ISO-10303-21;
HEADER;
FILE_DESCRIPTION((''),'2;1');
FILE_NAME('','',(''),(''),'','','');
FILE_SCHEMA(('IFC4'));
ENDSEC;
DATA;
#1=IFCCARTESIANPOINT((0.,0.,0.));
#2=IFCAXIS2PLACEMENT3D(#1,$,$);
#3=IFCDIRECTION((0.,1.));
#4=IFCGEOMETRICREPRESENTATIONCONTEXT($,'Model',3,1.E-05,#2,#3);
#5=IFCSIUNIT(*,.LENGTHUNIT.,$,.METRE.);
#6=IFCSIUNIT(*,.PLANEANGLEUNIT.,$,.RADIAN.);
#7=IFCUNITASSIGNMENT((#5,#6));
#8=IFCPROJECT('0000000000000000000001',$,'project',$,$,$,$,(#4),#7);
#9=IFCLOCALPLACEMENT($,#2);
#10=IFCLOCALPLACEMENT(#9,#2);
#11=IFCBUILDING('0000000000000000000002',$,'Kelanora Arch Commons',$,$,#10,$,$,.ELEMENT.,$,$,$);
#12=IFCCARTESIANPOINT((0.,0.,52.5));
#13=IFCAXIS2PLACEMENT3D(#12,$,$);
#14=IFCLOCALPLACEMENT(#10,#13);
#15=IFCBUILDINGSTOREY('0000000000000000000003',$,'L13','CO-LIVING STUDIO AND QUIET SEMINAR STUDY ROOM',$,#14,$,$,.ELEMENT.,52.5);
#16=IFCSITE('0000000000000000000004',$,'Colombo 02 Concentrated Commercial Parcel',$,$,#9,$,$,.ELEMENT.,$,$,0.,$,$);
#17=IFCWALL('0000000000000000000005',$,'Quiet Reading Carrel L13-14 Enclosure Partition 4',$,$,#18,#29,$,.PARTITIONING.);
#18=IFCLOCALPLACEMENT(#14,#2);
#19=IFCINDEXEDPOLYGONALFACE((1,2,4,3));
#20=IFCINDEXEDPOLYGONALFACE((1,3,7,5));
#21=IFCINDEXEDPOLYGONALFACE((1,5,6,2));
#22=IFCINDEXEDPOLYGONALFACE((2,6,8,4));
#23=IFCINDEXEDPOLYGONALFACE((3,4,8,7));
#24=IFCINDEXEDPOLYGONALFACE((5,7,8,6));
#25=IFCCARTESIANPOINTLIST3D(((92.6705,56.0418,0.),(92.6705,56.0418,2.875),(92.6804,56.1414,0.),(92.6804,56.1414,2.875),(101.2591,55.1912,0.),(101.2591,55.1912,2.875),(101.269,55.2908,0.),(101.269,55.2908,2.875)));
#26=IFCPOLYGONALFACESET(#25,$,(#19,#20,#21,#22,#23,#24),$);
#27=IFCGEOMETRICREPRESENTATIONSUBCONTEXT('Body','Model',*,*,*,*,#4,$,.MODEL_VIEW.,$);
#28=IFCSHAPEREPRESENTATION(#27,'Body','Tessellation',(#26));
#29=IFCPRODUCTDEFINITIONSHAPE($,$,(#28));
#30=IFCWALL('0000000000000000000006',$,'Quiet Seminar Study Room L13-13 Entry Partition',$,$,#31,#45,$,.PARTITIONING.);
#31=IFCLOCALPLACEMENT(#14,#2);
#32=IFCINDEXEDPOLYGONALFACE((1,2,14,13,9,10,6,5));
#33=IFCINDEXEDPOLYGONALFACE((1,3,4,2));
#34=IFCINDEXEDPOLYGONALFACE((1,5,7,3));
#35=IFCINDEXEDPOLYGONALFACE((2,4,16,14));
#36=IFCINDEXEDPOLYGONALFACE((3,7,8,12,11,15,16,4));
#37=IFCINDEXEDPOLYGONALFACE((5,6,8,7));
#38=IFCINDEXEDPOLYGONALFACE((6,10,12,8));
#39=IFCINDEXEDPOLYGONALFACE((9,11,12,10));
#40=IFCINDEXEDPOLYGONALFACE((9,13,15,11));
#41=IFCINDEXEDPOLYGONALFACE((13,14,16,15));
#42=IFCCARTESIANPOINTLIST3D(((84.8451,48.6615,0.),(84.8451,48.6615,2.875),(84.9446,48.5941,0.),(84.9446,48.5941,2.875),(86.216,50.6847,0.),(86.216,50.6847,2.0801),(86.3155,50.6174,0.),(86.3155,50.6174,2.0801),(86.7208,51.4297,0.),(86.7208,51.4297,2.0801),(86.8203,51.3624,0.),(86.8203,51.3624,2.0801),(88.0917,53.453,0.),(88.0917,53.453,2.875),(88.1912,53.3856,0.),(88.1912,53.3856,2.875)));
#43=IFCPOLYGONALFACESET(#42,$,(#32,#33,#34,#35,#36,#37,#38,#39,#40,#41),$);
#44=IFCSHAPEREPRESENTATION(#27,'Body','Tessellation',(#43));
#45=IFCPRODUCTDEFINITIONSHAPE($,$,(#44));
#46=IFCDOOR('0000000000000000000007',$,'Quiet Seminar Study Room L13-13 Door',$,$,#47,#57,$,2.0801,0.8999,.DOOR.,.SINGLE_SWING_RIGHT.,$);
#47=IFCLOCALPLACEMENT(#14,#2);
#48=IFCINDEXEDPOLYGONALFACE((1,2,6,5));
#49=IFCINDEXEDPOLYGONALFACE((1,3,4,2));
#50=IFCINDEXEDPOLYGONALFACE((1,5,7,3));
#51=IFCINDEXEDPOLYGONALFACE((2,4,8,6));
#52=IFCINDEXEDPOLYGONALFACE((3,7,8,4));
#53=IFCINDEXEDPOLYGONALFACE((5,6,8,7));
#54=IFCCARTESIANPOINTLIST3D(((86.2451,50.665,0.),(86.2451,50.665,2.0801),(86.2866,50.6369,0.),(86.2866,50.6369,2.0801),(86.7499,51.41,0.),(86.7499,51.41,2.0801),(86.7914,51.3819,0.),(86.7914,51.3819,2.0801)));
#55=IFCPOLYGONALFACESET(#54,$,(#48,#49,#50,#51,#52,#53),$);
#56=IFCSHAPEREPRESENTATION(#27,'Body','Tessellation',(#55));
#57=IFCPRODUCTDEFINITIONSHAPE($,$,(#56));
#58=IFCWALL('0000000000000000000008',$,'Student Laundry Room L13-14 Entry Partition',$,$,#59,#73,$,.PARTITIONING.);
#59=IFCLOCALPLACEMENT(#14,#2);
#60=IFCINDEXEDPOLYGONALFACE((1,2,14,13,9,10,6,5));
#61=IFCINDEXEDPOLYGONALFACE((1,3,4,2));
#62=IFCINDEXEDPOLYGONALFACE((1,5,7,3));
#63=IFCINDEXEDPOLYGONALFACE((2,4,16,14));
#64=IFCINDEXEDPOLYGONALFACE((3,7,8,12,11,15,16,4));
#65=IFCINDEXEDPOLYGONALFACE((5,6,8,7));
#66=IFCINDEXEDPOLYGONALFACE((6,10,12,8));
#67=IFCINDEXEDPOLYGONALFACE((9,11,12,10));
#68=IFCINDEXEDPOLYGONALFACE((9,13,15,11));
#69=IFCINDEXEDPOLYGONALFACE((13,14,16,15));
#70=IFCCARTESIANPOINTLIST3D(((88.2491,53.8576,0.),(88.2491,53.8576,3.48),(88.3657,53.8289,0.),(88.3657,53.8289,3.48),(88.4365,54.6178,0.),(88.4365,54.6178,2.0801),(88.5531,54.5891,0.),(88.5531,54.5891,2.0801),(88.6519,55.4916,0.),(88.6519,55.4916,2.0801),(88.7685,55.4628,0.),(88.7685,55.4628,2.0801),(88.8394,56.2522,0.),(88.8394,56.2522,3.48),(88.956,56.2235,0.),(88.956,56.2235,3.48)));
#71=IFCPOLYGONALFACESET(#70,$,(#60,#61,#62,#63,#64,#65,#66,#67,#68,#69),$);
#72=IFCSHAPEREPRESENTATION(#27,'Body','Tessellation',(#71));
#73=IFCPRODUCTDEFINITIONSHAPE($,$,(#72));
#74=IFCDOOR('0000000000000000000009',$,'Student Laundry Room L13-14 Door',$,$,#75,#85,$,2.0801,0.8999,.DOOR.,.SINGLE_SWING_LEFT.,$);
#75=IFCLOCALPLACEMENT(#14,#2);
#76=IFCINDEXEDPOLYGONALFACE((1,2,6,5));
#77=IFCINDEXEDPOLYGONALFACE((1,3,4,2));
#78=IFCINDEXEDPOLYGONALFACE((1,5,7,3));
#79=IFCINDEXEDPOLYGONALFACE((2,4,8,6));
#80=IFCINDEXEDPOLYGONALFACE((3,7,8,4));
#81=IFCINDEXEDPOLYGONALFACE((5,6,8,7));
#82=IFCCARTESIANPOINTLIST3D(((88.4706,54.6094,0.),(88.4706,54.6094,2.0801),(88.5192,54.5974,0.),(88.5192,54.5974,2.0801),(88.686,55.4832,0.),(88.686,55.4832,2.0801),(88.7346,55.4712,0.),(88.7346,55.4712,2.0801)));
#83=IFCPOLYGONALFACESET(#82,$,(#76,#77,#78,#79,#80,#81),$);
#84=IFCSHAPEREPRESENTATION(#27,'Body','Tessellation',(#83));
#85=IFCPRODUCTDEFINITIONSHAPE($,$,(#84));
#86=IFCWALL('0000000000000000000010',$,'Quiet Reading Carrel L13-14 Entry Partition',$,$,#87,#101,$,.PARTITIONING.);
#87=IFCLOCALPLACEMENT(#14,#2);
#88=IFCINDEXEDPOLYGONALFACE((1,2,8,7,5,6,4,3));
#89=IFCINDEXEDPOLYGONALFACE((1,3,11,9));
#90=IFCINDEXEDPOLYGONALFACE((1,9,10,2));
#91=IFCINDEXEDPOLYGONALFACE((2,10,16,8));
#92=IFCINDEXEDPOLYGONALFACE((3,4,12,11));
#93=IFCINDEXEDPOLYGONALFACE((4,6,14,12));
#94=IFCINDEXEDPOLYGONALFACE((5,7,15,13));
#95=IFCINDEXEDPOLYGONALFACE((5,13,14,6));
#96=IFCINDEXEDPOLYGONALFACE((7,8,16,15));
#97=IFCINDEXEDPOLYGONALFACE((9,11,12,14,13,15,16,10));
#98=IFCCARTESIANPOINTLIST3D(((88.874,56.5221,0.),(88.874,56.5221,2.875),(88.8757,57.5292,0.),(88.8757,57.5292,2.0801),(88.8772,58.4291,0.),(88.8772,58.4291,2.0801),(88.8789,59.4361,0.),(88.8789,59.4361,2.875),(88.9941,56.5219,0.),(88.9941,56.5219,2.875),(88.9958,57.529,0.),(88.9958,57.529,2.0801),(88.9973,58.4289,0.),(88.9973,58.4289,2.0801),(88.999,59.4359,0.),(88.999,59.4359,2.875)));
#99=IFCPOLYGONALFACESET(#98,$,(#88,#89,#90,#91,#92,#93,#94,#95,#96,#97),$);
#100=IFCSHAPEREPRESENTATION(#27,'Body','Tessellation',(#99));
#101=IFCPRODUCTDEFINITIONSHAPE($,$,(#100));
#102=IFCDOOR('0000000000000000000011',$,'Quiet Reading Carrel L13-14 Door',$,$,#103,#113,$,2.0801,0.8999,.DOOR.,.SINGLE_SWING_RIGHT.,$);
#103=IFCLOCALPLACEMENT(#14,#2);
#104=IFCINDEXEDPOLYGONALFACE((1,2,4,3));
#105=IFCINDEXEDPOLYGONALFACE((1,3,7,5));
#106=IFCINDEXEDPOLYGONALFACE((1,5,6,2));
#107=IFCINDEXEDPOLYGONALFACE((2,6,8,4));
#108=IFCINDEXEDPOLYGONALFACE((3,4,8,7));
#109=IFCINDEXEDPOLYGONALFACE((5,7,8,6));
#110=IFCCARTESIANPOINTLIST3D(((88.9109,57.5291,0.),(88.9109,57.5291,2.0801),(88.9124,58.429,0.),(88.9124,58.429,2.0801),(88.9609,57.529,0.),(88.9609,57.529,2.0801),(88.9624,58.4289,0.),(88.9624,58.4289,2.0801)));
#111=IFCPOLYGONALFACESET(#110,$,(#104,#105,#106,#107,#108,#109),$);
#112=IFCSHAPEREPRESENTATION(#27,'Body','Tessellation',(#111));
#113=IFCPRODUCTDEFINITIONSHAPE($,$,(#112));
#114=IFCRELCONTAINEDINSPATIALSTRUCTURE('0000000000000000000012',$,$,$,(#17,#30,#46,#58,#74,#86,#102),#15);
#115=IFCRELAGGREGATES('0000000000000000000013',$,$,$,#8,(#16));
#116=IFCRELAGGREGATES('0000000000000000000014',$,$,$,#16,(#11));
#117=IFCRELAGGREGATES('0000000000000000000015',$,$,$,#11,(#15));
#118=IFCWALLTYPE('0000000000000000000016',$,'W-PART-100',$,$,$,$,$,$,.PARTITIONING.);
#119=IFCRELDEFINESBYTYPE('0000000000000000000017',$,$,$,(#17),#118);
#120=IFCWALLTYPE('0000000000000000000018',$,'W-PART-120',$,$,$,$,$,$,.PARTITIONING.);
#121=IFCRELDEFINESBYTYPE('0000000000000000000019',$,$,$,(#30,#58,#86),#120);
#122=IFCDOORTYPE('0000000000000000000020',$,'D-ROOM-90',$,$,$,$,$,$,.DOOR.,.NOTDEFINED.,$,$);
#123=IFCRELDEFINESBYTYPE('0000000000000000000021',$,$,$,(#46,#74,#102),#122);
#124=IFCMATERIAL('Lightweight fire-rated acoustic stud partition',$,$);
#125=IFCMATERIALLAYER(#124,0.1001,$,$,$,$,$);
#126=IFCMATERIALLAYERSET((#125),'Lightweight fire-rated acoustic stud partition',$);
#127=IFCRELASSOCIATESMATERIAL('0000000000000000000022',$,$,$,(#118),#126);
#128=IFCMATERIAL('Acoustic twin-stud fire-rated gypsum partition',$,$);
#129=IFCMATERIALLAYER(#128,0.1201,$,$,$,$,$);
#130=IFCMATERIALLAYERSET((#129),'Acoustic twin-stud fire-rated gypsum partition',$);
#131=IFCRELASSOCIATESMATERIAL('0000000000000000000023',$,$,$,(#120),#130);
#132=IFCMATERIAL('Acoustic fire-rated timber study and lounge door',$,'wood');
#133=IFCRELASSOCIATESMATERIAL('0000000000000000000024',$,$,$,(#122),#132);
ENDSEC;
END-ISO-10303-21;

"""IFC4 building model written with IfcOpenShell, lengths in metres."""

from ifc_helpers import new_model, si_unit, direction, frame, frame_2d, origin, place, context, subcontext, project, spatial, rectangle, extrude, material, layer, layer_set, type_object, element, fill, save


model = new_model("IFC4")

# Units and contexts
model_context = context("Model", 3, precision=1e-05, world=origin(), true_north=direction((0.0, 1.0)))
body_context = subcontext(model_context, "Body", "Model", "MODEL_VIEW")
ifc_project = project(units=[si_unit("LENGTHUNIT", "METRE"), si_unit("PLANEANGLEUNIT", "RADIAN")], contexts=[model_context])

# Site, building, storey
site_placement = place(None, origin())
site = spatial("IfcSite", under=ifc_project, at=site_placement, Name="Colombo 02 Concentrated Commercial Parcel", CompositionType="ELEMENT", RefElevation=0.0)
building_placement = place(site_placement, origin())
building = spatial("IfcBuilding", under=site, at=building_placement, Name="Kelanora Arch Commons", CompositionType="ELEMENT")
storey_placement = place(building_placement, frame((0.0, 0.0, 52.5)))
storey = spatial("IfcBuildingStorey", under=building, at=storey_placement, Name="L13", Description="CO-LIVING STUDIO AND QUIET SEMINAR STUDY ROOM", CompositionType="ELEMENT", Elevation=52.5)

# Wall
ifc_material_1 = material(Name="Lightweight fire-rated acoustic stud partition")
ifc_layer_1 = layer(ifc_material_1, 0.1001)
ifc_layer_set_1 = layer_set([ifc_layer_1], Name="Lightweight fire-rated acoustic stud partition")
wall_type_1 = type_object("IfcWallType", Name="W-PART-100", PredefinedType="PARTITIONING", material=ifc_layer_set_1)
wall_1_placement = place(storey_placement, frame((101.2642, 55.241, 0.0), z_axis=(0.0, 0.0, 1.0), x_axis=(-0.995132, 0.098554, 0.0)))
element("IfcWall", 1, at=wall_1_placement, inside=storey, type_object=wall_type_1, Name="Quiet Reading Carrel L13-14 Enclosure Partition 4", PredefinedType="PARTITIONING", context=body_context, shape_type="SweptSolid", body=[
    extrude(rectangle(XDim=8.6306, YDim=0.1001, at=frame_2d((4.3154, 0.0))), origin(), (0.0, 0.0, 1.0), 2.875),
])

# Walls, openings, doors
ifc_material_2 = material(Name="Acoustic twin-stud fire-rated gypsum partition")
ifc_layer_2 = layer(ifc_material_2, 0.1201)
ifc_layer_set_2 = layer_set([ifc_layer_2], Name="Acoustic twin-stud fire-rated gypsum partition")
wall_type_2 = type_object("IfcWallType", Name="W-PART-120", PredefinedType="PARTITIONING", material=ifc_layer_set_2)
wall_2_placement = place(storey_placement, frame((84.8948, 48.6277, 0.0), z_axis=(0.0, 0.0, 1.0), x_axis=(0.560934, 0.827861, 0.0)))
wall_2 = element("IfcWall", 2, at=wall_2_placement, inside=storey, type_object=wall_type_2, Name="Quiet Seminar Study Room L13-13 Entry Partition", PredefinedType="PARTITIONING", context=body_context, shape_type="SweptSolid", body=[
    extrude(rectangle(XDim=5.7878, YDim=0.1201, at=frame_2d((2.894, 0.0))), origin(), (0.0, 0.0, 1.0), 2.875),
])
opening_1_placement = place(wall_2_placement, frame((2.4441, 0.0, 0.0)))
opening_1 = element("IfcOpeningElement", 3, at=opening_1_placement, cuts=wall_2, PredefinedType="OPENING", context=body_context, shape_type="SweptSolid", body=[
    extrude(rectangle(XDim=0.8999, YDim=2.0801, at=frame_2d((0.45, 1.04))), frame((0.0, 0.0701, 0.0), z_axis=(0.0, -1.0, 0.0), x_axis=(1.0, 0.0, 0.0)), (0.0, 0.0, 1.0), 0.1401),
])
ifc_material_3 = material(Name="Acoustic fire-rated timber study and lounge door", Category="wood")
door_type = type_object("IfcDoorType", Name="D-ROOM-90", OperationType="NOTDEFINED", PredefinedType="DOOR", material=ifc_material_3)
door_1_placement = place(opening_1_placement, origin())
door_1 = element("IfcDoor", 4, at=door_1_placement, inside=storey, type_object=door_type, Name="Quiet Seminar Study Room L13-13 Door", OperationType="SINGLE_SWING_RIGHT", OverallHeight=2.0801, OverallWidth=0.8999, PredefinedType="DOOR", context=body_context, shape_type="SweptSolid", body=[
    extrude(rectangle(XDim=0.8999, YDim=2.0801, at=frame_2d((0.45, 1.04))), frame((0.0, 0.0249, 0.0), z_axis=(0.0, -1.0, 0.0), x_axis=(1.0, 0.0, 0.0)), (0.0, 0.0, 1.0), 0.05),
])
fill(opening_1, door_1)
wall_3_placement = place(storey_placement, frame((88.3074, 53.8433, 0.0), z_axis=(0.0, 0.0, 1.0), x_axis=(0.239367, 0.970929, 0.0)))
wall_3 = element("IfcWall", 5, at=wall_3_placement, inside=storey, type_object=wall_type_2, Name="Student Laundry Room L13-14 Entry Partition", PredefinedType="PARTITIONING", context=body_context, shape_type="SweptSolid", body=[
    extrude(rectangle(XDim=2.4663, YDim=0.1201, at=frame_2d((1.2332, 0.0))), origin(), (0.0, 0.0, 1.0), 3.48),
])
opening_2_placement = place(wall_3_placement, frame((0.783, 0.0, 0.0)))
opening_2 = element("IfcOpeningElement", 6, at=opening_2_placement, cuts=wall_3, PredefinedType="OPENING", context=body_context, shape_type="SweptSolid", body=[
    extrude(rectangle(XDim=0.8999, YDim=2.0801, at=frame_2d((0.45, 1.04))), frame((0.0, 0.0701, 0.0), z_axis=(0.0, -1.0, 0.0), x_axis=(1.0, 0.0, 0.0)), (0.0, 0.0, 1.0), 0.1401),
])
door_2_placement = place(opening_2_placement, origin())
door_2 = element("IfcDoor", 7, at=door_2_placement, inside=storey, type_object=door_type, Name="Student Laundry Room L13-14 Door", OperationType="SINGLE_SWING_LEFT", OverallHeight=2.0801, OverallWidth=0.8999, PredefinedType="DOOR", context=body_context, shape_type="SweptSolid", body=[
    extrude(rectangle(XDim=0.8999, YDim=2.0801, at=frame_2d((0.45, 1.04))), frame((0.0, 0.0249, 0.0), z_axis=(0.0, -1.0, 0.0), x_axis=(1.0, 0.0, 0.0)), (0.0, 0.0, 1.0), 0.05),
])
fill(opening_2, door_2)
wall_4_placement = place(storey_placement, frame((88.9341, 56.522, 0.0), z_axis=(0.0, 0.0, 1.0), x_axis=(0.001676, 0.999999, 0.0)))
wall_4 = element("IfcWall", 8, at=wall_4_placement, inside=storey, type_object=wall_type_2, Name="Quiet Reading Carrel L13-14 Entry Partition", PredefinedType="PARTITIONING", context=body_context, shape_type="SweptSolid", body=[
    extrude(rectangle(XDim=2.9141, YDim=0.1201, at=frame_2d((1.457, 0.0))), origin(), (0.0, 0.0, 1.0), 2.875),
])
opening_3_placement = place(wall_4_placement, frame((1.0071, 0.0, 0.0)))
opening_3 = element("IfcOpeningElement", 9, at=opening_3_placement, cuts=wall_4, PredefinedType="OPENING", context=body_context, shape_type="SweptSolid", body=[
    extrude(rectangle(XDim=0.8999, YDim=2.0801, at=frame_2d((0.45, 1.04))), frame((0.0, 0.0701, 0.0), z_axis=(0.0, -1.0, 0.0), x_axis=(1.0, 0.0, 0.0)), (0.0, 0.0, 1.0), 0.1401),
])
door_3_placement = place(opening_3_placement, origin())
door_3 = element("IfcDoor", 10, at=door_3_placement, inside=storey, type_object=door_type, Name="Quiet Reading Carrel L13-14 Door", OperationType="SINGLE_SWING_RIGHT", OverallHeight=2.0801, OverallWidth=0.8999, PredefinedType="DOOR", context=body_context, shape_type="SweptSolid", body=[
    extrude(rectangle(XDim=0.8999, YDim=2.0801, at=frame_2d((0.45, 1.04))), frame((0.0, 0.0249, 0.0), z_axis=(0.0, -1.0, 0.0), x_axis=(1.0, 0.0, 0.0)), (0.0, 0.0, 1.0), 0.05),
])
fill(opening_3, door_3)

save(model, "model.ifc")
